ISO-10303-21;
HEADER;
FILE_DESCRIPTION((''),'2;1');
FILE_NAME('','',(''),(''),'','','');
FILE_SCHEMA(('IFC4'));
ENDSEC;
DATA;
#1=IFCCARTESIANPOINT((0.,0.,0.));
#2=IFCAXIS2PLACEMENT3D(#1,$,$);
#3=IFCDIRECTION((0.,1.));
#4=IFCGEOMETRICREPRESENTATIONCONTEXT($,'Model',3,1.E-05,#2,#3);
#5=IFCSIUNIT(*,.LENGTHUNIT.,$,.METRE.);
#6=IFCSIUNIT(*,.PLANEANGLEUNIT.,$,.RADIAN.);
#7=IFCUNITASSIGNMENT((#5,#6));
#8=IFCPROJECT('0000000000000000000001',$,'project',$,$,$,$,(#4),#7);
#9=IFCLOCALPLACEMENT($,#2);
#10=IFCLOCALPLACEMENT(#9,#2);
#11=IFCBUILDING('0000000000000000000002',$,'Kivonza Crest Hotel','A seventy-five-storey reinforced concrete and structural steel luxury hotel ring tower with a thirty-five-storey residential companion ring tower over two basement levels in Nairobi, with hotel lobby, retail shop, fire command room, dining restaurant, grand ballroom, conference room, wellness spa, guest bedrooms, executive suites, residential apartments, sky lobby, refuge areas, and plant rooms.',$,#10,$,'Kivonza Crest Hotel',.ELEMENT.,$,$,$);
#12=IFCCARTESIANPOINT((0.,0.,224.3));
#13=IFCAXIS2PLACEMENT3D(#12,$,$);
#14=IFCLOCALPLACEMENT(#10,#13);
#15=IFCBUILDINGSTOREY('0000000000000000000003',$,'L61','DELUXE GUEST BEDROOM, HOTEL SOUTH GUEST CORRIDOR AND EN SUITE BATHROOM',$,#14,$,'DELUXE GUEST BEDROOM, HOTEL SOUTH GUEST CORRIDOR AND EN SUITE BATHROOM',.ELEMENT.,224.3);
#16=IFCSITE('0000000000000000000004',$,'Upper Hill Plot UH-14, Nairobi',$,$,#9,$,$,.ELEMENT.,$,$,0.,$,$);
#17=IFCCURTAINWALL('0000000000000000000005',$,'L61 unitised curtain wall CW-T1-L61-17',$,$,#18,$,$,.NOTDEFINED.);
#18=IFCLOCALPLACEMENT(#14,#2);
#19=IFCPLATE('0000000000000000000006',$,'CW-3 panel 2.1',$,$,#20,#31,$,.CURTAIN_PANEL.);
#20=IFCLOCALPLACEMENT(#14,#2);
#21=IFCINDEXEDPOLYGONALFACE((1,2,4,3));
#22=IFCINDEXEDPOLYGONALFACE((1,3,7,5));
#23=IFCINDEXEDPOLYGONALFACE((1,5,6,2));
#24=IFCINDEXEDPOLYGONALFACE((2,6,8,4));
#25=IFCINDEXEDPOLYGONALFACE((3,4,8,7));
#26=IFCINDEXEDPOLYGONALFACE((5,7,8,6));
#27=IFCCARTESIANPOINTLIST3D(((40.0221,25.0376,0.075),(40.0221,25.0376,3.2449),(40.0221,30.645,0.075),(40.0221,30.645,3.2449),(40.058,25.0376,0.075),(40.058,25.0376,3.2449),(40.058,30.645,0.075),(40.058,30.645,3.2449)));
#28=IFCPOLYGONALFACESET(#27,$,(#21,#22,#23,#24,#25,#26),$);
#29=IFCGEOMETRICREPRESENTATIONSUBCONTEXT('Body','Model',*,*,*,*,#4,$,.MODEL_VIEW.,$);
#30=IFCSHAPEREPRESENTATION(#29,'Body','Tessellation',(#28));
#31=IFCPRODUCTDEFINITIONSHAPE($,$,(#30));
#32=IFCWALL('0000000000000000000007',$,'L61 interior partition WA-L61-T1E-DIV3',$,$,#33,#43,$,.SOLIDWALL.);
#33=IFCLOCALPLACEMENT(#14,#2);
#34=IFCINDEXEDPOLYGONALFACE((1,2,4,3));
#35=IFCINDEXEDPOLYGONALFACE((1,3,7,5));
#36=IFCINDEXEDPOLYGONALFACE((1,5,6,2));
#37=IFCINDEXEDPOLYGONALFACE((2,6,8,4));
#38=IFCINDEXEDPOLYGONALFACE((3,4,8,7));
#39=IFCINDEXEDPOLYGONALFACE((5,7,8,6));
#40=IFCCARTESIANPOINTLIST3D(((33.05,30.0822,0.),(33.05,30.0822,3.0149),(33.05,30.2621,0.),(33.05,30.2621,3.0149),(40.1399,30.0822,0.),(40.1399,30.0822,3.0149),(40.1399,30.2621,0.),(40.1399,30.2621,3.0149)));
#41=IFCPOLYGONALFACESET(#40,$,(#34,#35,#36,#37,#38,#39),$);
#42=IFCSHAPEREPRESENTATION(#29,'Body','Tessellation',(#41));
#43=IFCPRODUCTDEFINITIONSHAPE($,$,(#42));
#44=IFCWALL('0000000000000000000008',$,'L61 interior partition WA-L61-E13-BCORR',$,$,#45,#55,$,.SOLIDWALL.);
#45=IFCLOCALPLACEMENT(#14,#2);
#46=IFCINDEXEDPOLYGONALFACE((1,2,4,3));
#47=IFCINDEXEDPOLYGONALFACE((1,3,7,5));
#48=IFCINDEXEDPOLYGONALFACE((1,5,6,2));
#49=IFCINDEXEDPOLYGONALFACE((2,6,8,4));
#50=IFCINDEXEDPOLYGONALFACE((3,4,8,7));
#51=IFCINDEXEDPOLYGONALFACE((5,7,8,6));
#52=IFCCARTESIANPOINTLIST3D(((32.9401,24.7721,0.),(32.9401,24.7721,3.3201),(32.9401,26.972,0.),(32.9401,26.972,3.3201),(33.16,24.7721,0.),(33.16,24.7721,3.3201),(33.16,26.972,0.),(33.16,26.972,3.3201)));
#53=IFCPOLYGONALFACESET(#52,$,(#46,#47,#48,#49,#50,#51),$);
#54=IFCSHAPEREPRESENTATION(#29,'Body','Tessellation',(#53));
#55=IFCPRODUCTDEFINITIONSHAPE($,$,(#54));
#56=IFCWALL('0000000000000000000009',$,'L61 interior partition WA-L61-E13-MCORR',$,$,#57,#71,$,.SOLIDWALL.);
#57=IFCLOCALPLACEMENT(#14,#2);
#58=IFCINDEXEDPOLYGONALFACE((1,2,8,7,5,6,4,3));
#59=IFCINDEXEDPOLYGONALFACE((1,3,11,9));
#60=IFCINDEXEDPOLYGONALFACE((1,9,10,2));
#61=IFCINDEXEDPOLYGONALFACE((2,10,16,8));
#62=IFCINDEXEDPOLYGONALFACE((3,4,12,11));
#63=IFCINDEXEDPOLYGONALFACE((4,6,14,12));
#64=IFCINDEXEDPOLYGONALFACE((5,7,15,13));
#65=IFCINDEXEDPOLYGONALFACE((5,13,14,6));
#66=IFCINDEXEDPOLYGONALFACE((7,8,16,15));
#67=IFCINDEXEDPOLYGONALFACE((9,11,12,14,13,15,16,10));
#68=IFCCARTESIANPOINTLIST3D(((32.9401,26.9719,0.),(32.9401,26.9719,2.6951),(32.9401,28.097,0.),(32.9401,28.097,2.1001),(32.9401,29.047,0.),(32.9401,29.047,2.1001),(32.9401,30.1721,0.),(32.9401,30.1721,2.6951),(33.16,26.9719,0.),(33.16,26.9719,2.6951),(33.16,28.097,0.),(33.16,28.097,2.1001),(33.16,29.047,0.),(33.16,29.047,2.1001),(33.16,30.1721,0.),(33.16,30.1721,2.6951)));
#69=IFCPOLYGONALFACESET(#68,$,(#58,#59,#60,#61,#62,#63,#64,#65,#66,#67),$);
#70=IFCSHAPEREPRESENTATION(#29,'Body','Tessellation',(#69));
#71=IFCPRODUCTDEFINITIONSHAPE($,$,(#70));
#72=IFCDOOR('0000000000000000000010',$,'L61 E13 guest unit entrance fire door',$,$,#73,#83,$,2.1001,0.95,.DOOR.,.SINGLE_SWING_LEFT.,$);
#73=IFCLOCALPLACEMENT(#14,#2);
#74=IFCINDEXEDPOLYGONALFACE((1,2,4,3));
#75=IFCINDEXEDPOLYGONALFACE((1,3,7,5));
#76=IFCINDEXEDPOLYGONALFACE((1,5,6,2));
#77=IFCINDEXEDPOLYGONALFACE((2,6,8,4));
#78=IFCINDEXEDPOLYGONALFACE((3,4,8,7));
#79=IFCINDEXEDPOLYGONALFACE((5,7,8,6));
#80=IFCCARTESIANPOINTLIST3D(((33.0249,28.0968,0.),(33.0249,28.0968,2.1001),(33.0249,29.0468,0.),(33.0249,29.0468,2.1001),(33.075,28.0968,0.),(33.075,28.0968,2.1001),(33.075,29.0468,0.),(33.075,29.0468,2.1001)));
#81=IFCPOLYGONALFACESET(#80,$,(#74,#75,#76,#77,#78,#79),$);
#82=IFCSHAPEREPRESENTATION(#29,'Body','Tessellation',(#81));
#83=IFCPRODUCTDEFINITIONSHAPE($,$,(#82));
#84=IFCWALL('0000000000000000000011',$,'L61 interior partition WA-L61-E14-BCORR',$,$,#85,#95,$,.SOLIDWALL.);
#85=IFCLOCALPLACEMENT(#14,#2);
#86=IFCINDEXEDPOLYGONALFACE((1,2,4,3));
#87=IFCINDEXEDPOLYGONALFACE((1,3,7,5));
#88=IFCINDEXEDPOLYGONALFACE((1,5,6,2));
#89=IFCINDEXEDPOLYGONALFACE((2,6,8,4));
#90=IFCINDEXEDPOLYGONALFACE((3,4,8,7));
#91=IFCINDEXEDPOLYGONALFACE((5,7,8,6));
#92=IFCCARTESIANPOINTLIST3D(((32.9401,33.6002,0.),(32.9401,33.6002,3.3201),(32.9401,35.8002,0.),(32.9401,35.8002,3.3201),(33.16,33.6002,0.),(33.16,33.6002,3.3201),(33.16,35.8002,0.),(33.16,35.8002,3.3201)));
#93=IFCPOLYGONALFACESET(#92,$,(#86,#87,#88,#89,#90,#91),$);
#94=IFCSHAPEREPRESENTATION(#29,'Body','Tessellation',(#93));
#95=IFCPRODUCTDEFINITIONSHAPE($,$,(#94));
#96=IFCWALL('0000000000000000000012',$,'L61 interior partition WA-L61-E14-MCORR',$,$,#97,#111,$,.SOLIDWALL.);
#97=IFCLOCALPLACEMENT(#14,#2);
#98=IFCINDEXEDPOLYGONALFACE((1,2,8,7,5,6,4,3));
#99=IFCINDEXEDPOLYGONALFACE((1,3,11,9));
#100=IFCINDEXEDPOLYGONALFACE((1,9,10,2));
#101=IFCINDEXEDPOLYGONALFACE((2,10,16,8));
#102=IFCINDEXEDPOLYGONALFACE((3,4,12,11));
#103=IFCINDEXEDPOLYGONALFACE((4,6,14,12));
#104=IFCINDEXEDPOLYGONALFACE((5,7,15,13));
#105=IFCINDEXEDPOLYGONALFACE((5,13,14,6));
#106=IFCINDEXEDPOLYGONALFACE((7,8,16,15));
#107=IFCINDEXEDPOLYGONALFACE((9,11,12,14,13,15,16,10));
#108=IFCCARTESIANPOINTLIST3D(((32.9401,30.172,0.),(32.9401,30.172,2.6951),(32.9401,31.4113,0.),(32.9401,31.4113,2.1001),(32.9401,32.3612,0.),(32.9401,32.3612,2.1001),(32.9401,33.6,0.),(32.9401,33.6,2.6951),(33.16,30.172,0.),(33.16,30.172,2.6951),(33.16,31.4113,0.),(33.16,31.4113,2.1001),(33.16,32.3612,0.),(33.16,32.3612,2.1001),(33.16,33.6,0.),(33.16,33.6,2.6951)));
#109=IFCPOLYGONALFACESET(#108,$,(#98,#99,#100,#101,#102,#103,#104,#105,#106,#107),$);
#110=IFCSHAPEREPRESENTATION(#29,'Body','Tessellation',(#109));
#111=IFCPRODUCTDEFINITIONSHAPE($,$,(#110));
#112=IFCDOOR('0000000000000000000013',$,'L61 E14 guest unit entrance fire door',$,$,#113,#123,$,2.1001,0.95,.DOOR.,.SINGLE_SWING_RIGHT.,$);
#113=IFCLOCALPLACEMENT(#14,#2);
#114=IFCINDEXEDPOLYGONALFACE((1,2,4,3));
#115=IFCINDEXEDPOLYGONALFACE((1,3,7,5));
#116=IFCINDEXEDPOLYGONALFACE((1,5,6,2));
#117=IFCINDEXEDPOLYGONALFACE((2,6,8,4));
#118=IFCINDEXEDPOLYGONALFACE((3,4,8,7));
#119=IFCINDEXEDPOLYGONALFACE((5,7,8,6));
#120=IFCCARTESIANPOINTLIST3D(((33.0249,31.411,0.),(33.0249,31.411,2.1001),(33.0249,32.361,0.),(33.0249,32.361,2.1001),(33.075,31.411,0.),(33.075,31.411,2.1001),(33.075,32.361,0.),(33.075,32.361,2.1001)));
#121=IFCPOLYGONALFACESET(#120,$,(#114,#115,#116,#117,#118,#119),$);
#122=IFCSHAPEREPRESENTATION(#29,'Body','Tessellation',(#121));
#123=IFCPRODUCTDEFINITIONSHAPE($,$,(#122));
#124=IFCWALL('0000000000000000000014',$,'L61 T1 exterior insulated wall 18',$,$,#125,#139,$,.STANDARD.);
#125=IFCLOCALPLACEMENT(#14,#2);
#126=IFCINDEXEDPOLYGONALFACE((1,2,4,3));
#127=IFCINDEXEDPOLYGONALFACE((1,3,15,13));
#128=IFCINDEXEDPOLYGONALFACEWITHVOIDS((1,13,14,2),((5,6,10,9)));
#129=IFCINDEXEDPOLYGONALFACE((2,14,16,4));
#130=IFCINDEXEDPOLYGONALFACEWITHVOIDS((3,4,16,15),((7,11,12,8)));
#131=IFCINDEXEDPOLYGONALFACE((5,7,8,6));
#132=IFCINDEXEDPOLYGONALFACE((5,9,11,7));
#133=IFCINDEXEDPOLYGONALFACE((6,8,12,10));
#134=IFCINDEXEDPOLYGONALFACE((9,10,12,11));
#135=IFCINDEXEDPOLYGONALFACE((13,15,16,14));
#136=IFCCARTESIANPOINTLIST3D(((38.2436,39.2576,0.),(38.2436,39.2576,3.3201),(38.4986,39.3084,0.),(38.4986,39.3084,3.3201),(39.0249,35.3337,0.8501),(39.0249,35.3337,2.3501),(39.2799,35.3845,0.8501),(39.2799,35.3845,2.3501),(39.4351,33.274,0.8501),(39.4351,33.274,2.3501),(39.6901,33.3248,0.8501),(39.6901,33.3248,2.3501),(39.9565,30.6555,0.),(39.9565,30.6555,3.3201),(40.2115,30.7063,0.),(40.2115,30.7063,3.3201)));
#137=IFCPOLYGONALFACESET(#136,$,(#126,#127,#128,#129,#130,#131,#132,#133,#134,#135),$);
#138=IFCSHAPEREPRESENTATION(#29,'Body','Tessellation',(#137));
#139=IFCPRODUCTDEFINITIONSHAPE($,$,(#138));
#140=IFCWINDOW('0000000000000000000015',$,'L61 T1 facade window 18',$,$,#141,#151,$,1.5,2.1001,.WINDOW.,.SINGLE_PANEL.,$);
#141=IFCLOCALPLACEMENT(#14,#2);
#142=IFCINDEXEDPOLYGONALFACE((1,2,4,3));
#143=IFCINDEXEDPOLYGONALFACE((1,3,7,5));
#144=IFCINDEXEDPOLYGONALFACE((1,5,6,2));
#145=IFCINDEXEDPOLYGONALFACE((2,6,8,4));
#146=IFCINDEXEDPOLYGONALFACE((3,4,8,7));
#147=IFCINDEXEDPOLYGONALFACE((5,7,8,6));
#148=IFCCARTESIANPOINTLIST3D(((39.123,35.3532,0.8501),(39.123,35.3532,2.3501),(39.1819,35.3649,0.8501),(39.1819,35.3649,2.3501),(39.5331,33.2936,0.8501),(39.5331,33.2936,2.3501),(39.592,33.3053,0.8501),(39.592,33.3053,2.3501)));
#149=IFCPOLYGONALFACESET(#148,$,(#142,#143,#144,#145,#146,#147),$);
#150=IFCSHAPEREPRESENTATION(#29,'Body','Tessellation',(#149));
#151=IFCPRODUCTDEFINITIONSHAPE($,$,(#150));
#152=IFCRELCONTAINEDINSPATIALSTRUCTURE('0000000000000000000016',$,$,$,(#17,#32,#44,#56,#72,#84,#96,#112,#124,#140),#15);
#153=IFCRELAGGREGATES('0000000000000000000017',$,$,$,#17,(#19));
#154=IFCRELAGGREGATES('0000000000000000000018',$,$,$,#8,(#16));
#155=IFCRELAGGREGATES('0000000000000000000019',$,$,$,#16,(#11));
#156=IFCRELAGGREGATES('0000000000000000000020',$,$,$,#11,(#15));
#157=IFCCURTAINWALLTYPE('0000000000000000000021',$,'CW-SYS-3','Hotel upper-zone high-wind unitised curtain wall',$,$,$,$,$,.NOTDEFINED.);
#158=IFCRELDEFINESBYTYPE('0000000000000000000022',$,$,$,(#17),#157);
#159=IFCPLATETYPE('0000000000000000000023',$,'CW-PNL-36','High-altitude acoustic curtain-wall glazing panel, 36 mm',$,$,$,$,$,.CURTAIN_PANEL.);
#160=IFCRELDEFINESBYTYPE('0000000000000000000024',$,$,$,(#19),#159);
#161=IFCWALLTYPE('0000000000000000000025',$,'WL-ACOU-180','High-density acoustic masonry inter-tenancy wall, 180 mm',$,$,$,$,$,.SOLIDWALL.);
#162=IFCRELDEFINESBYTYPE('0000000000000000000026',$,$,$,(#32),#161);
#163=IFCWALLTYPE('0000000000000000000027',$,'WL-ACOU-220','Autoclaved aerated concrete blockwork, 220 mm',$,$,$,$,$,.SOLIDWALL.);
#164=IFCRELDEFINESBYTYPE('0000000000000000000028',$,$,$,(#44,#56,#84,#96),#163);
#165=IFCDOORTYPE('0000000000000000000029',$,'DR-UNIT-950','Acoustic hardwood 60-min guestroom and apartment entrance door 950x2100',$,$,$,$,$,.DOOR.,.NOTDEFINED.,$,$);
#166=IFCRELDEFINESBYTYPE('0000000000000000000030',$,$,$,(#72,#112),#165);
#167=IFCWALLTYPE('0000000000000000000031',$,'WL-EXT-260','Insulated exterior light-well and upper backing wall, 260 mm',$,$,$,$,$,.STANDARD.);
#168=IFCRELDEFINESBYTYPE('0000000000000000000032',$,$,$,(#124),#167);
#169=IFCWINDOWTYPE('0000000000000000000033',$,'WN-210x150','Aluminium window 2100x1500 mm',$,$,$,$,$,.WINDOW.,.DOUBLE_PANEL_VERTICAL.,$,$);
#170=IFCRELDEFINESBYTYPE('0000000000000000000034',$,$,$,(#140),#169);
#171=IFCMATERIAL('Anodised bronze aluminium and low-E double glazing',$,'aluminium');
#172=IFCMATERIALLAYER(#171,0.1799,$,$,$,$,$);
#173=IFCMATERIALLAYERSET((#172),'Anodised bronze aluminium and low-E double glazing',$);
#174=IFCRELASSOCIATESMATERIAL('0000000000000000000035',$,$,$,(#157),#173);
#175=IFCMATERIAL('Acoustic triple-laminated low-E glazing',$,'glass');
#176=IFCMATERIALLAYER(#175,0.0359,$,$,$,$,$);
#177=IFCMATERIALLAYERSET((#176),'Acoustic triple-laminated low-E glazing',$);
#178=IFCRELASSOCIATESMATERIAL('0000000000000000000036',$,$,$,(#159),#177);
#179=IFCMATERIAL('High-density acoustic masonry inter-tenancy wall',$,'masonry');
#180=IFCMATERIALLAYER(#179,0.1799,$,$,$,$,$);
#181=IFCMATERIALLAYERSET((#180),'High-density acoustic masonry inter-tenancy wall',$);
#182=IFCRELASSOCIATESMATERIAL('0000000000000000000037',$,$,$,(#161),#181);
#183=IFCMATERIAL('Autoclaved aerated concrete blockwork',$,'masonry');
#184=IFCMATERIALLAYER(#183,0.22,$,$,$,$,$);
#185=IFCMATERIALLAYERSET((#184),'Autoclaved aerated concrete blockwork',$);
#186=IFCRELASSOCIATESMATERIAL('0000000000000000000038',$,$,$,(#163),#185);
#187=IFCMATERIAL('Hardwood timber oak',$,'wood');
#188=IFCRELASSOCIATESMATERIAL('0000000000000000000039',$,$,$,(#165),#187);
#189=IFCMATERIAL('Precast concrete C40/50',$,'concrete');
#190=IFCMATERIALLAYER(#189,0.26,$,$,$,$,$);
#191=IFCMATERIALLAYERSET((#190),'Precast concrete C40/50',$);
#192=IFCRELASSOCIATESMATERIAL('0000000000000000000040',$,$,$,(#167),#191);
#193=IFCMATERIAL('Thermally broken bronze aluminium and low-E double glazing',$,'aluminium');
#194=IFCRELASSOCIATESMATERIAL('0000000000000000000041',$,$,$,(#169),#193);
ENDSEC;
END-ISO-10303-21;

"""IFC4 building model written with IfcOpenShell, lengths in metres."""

from ifc_helpers import new_model, si_unit, direction, frame, frame_2d, origin, origin_2d, place, context, subcontext, project, spatial, rectangle, extrude, material, layer, layer_set, type_object, element, fill, aggregate, save


model = new_model("IFC4")

# Units and contexts
model_context = context("Model", 3, precision=1e-05, world=origin(), true_north=direction((0.0, 1.0)))
body_context = subcontext(model_context, "Body", "Model", "MODEL_VIEW")
ifc_project = project(units=[si_unit("LENGTHUNIT", "METRE"), si_unit("PLANEANGLEUNIT", "RADIAN")], contexts=[model_context])

# Site, building, storey
site_placement = place(None, origin())
site = spatial("IfcSite", under=ifc_project, at=site_placement, Name="Upper Hill Plot UH-14, Nairobi", CompositionType="ELEMENT", RefElevation=0.0)
building_placement = place(site_placement, origin())
building = spatial("IfcBuilding", under=site, at=building_placement, Name="Kivonza Crest Hotel", Description="A seventy-five-storey reinforced concrete and structural steel luxury hotel ring tower with a thirty-five-storey residential companion ring tower over two basement levels in Nairobi, with hotel lobby, retail shop, fire command room, dining restaurant, grand ballroom, conference room, wellness spa, guest bedrooms, executive suites, residential apartments, sky lobby, refuge areas, and plant rooms.", LongName="Kivonza Crest Hotel", CompositionType="ELEMENT")
storey_placement = place(building_placement, frame((0.0, 0.0, 224.3)))
storey = spatial("IfcBuildingStorey", under=building, at=storey_placement, Name="L61", Description="DELUXE GUEST BEDROOM, HOTEL SOUTH GUEST CORRIDOR AND EN SUITE BATHROOM", LongName="DELUXE GUEST BEDROOM, HOTEL SOUTH GUEST CORRIDOR AND EN SUITE BATHROOM", CompositionType="ELEMENT", Elevation=224.3)

# Curtain wall, plate
ifc_material_1 = material(Name="Anodised bronze aluminium and low-E double glazing", Category="aluminium")
ifc_layer_1 = layer(ifc_material_1, 0.1799)
ifc_layer_set_1 = layer_set([ifc_layer_1], Name="Anodised bronze aluminium and low-E double glazing")
curtain_wall_type = type_object("IfcCurtainWallType", Name="CW-SYS-3", Description="Hotel upper-zone high-wind unitised curtain wall", PredefinedType="NOTDEFINED", material=ifc_layer_set_1)
curtain_wall_placement = place(storey_placement, origin())
curtain_wall = element("IfcCurtainWall", 1, at=curtain_wall_placement, inside=storey, type_object=curtain_wall_type, Name="L61 unitised curtain wall CW-T1-L61-17", PredefinedType="NOTDEFINED")
ifc_material_2 = material(Name="Acoustic triple-laminated low-E glazing", Category="glass")
ifc_layer_2 = layer(ifc_material_2, 0.0359)
ifc_layer_set_2 = layer_set([ifc_layer_2], Name="Acoustic triple-laminated low-E glazing")
plate_type = type_object("IfcPlateType", Name="CW-PNL-36", Description="High-altitude acoustic curtain-wall glazing panel, 36 mm", PredefinedType="CURTAIN_PANEL", material=ifc_layer_set_2)
plate_placement = place(storey_placement, frame((40.04, 27.8413, 0.075), z_axis=(0.0, 0.0, 1.0), x_axis=(0.0, 1.0, 0.0)))
plate = element("IfcPlate", 2, at=plate_placement, type_object=plate_type, Name="CW-3 panel 2.1", PredefinedType="CURTAIN_PANEL", context=body_context, shape_type="SweptSolid", body=[
    extrude(rectangle(XDim=5.6074, YDim=0.0359, at=origin_2d()), origin(), (0.0, 0.0, 1.0), 3.1699),
])
aggregate(curtain_wall, [plate])

# Walls
ifc_material_3 = material(Name="High-density acoustic masonry inter-tenancy wall", Category="masonry")
ifc_layer_3 = layer(ifc_material_3, 0.1799)
ifc_layer_set_3 = layer_set([ifc_layer_3], Name="High-density acoustic masonry inter-tenancy wall")
wall_type_1 = type_object("IfcWallType", Name="WL-ACOU-180", Description="High-density acoustic masonry inter-tenancy wall, 180 mm", PredefinedType="SOLIDWALL", material=ifc_layer_set_3)
wall_1_placement = place(storey_placement, frame((33.05, 30.1721, 0.0), z_axis=(0.0, 0.0, 1.0), x_axis=(1.0, 0.0, 0.0)))
element("IfcWall", 3, at=wall_1_placement, inside=storey, type_object=wall_type_1, Name="L61 interior partition WA-L61-T1E-DIV3", PredefinedType="SOLIDWALL", context=body_context, shape_type="SweptSolid", body=[
    extrude(rectangle(XDim=7.0898, YDim=0.1799, at=frame_2d((3.5449, 0.0))), origin(), (0.0, 0.0, 1.0), 3.0149),
])
ifc_material_4 = material(Name="Autoclaved aerated concrete blockwork", Category="masonry")
ifc_layer_4 = layer(ifc_material_4, 0.22)
ifc_layer_set_4 = layer_set([ifc_layer_4], Name="Autoclaved aerated concrete blockwork")
wall_type_2 = type_object("IfcWallType", Name="WL-ACOU-220", Description="Autoclaved aerated concrete blockwork, 220 mm", PredefinedType="SOLIDWALL", material=ifc_layer_set_4)
wall_2_placement = place(storey_placement, frame((33.05, 24.772, 0.0), z_axis=(0.0, 0.0, 1.0), x_axis=(0.0, 1.0, 0.0)))
element("IfcWall", 4, at=wall_2_placement, inside=storey, type_object=wall_type_2, Name="L61 interior partition WA-L61-E13-BCORR", PredefinedType="SOLIDWALL", context=body_context, shape_type="SweptSolid", body=[
    extrude(rectangle(XDim=2.2, YDim=0.22, at=frame_2d((1.1001, 0.0))), origin(), (0.0, 0.0, 1.0), 3.3201),
])

# Wall, opening, door
wall_3_placement = place(storey_placement, frame((33.05, 26.9719, 0.0), z_axis=(0.0, 0.0, 1.0), x_axis=(0.0, 1.0, 0.0)))
wall_3 = element("IfcWall", 5, at=wall_3_placement, inside=storey, type_object=wall_type_2, Name="L61 interior partition WA-L61-E13-MCORR", PredefinedType="SOLIDWALL", context=body_context, shape_type="SweptSolid", body=[
    extrude(rectangle(XDim=3.2002, YDim=0.22, at=frame_2d((1.6001, 0.0))), origin(), (0.0, 0.0, 1.0), 2.6951),
])
opening_1_placement = place(wall_3_placement, frame((1.125, 0.0, 0.0)))
opening_1 = element("IfcOpeningElement", 6, at=opening_1_placement, cuts=wall_3, PredefinedType="OPENING", context=body_context, shape_type="SweptSolid", body=[
    extrude(rectangle(XDim=0.95, YDim=2.1001, at=frame_2d((0.4751, 1.05))), frame((0.0, 0.1201, 0.0), z_axis=(0.0, -1.0, 0.0), x_axis=(1.0, 0.0, 0.0)), (0.0, 0.0, 1.0), 0.24),
])
ifc_material_5 = material(Name="Hardwood timber oak", Category="wood")
door_type_1 = type_object("IfcDoorType", Name="DR-UNIT-950", Description="Acoustic hardwood 60-min guestroom and apartment entrance door 950x2100", OperationType="NOTDEFINED", PredefinedType="DOOR", material=ifc_material_5)
door_1_placement = place(opening_1_placement, frame((0.95, 0.0, 0.0), z_axis=(0.0, 0.0, 1.0), x_axis=(-1.0, 0.0, 0.0)))
door_1 = element("IfcDoor", 7, at=door_1_placement, inside=storey, type_object=door_type_1, Name="L61 E13 guest unit entrance fire door", OperationType="SINGLE_SWING_LEFT", OverallHeight=2.1001, OverallWidth=0.95, PredefinedType="DOOR", context=body_context, shape_type="SweptSolid", body=[
    extrude(rectangle(XDim=0.95, YDim=2.1001, at=frame_2d((0.4751, 1.05))), frame((0.0, 0.0249, 0.0), z_axis=(0.0, -1.0, 0.0), x_axis=(1.0, 0.0, 0.0)), (0.0, 0.0, 1.0), 0.05),
])
fill(opening_1, door_1)

# Wall
wall_4_placement = place(storey_placement, frame((33.05, 33.6001, 0.0), z_axis=(0.0, 0.0, 1.0), x_axis=(0.0, 1.0, 0.0)))
element("IfcWall", 8, at=wall_4_placement, inside=storey, type_object=wall_type_2, Name="L61 interior partition WA-L61-E14-BCORR", PredefinedType="SOLIDWALL", context=body_context, shape_type="SweptSolid", body=[
    extrude(rectangle(XDim=2.2, YDim=0.22, at=frame_2d((1.1001, 0.0))), origin(), (0.0, 0.0, 1.0), 3.3201),
])

# Wall, opening, door
wall_5_placement = place(storey_placement, frame((33.05, 30.1721, 0.0), z_axis=(0.0, 0.0, 1.0), x_axis=(0.0, 1.0, 0.0)))
wall_5 = element("IfcWall", 9, at=wall_5_placement, inside=storey, type_object=wall_type_2, Name="L61 interior partition WA-L61-E14-MCORR", PredefinedType="SOLIDWALL", context=body_context, shape_type="SweptSolid", body=[
    extrude(rectangle(XDim=3.428, YDim=0.22, at=frame_2d((1.7139, 0.0))), origin(), (0.0, 0.0, 1.0), 2.6951),
])
opening_2_placement = place(wall_5_placement, frame((1.239, 0.0, 0.0)))
opening_2 = element("IfcOpeningElement", 10, at=opening_2_placement, cuts=wall_5, PredefinedType="OPENING", context=body_context, shape_type="SweptSolid", body=[
    extrude(rectangle(XDim=0.95, YDim=2.1001, at=frame_2d((0.4751, 1.05))), frame((0.0, 0.1201, 0.0), z_axis=(0.0, -1.0, 0.0), x_axis=(1.0, 0.0, 0.0)), (0.0, 0.0, 1.0), 0.24),
])
door_2_placement = place(opening_2_placement, frame((0.95, 0.0, 0.0), z_axis=(0.0, 0.0, 1.0), x_axis=(-1.0, 0.0, 0.0)))
door_2 = element("IfcDoor", 11, at=door_2_placement, inside=storey, type_object=door_type_1, Name="L61 E14 guest unit entrance fire door", OperationType="SINGLE_SWING_RIGHT", OverallHeight=2.1001, OverallWidth=0.95, PredefinedType="DOOR", context=body_context, shape_type="SweptSolid", body=[
    extrude(rectangle(XDim=0.95, YDim=2.1001, at=frame_2d((0.4751, 1.05))), frame((0.0, 0.0249, 0.0), z_axis=(0.0, -1.0, 0.0), x_axis=(1.0, 0.0, 0.0)), (0.0, 0.0, 1.0), 0.05),
])
fill(opening_2, door_2)

# Wall, opening, window
ifc_material_6 = material(Name="Precast concrete C40/50", Category="concrete")
ifc_layer_5 = layer(ifc_material_6, 0.26)
ifc_layer_set_5 = layer_set([ifc_layer_5], Name="Precast concrete C40/50")
wall_type_3 = type_object("IfcWallType", Name="WL-EXT-260", Description="Insulated exterior light-well and upper backing wall, 260 mm", PredefinedType="STANDARD", material=ifc_layer_set_5)
wall_6_placement = place(storey_placement, frame((40.084, 30.6809, 0.0), z_axis=(0.0, 0.0, 1.0), x_axis=(-0.195292, 0.980745, 0.0)))
wall_6 = element("IfcWall", 12, at=wall_6_placement, inside=storey, type_object=wall_type_3, Name="L61 T1 exterior insulated wall 18", PredefinedType="STANDARD", context=body_context, shape_type="SweptSolid", body=[
    extrude(rectangle(XDim=8.771, YDim=0.26, at=frame_2d((4.3855, 0.0))), origin(), (0.0, 0.0, 1.0), 3.3201),
])
opening_3_placement = place(wall_6_placement, frame((2.6699, 0.0, 0.8501)))
opening_3 = element("IfcOpeningElement", 13, at=opening_3_placement, cuts=wall_6, PredefinedType="OPENING", context=body_context, shape_type="SweptSolid", body=[
    extrude(rectangle(XDim=2.1001, YDim=1.5, at=frame_2d((1.05, 0.75))), frame((0.0, 0.1401, 0.0), z_axis=(0.0, -1.0, 0.0), x_axis=(1.0, 0.0, 0.0)), (0.0, 0.0, 1.0), 0.28),
])
ifc_material_7 = material(Name="Thermally broken bronze aluminium and low-E double glazing", Category="aluminium")
window_type = type_object("IfcWindowType", Name="WN-210x150", Description="Aluminium window 2100x1500 mm", PartitioningType="DOUBLE_PANEL_VERTICAL", PredefinedType="WINDOW", material=ifc_material_7)
window_placement = place(opening_3_placement, origin())
window = element("IfcWindow", 14, at=window_placement, inside=storey, type_object=window_type, Name="L61 T1 facade window 18", OverallHeight=1.5, OverallWidth=2.1001, PartitioningType="SINGLE_PANEL", PredefinedType="WINDOW", context=body_context, shape_type="SweptSolid", body=[
    extrude(rectangle(XDim=2.1001, YDim=1.5, at=frame_2d((1.05, 0.75))), frame((0.0, 0.03, 0.0), z_axis=(0.0, -1.0, 0.0), x_axis=(1.0, 0.0, 0.0)), (0.0, 0.0, 1.0), 0.0601),
])
fill(opening_3, window)

save(model, "model.ifc")
